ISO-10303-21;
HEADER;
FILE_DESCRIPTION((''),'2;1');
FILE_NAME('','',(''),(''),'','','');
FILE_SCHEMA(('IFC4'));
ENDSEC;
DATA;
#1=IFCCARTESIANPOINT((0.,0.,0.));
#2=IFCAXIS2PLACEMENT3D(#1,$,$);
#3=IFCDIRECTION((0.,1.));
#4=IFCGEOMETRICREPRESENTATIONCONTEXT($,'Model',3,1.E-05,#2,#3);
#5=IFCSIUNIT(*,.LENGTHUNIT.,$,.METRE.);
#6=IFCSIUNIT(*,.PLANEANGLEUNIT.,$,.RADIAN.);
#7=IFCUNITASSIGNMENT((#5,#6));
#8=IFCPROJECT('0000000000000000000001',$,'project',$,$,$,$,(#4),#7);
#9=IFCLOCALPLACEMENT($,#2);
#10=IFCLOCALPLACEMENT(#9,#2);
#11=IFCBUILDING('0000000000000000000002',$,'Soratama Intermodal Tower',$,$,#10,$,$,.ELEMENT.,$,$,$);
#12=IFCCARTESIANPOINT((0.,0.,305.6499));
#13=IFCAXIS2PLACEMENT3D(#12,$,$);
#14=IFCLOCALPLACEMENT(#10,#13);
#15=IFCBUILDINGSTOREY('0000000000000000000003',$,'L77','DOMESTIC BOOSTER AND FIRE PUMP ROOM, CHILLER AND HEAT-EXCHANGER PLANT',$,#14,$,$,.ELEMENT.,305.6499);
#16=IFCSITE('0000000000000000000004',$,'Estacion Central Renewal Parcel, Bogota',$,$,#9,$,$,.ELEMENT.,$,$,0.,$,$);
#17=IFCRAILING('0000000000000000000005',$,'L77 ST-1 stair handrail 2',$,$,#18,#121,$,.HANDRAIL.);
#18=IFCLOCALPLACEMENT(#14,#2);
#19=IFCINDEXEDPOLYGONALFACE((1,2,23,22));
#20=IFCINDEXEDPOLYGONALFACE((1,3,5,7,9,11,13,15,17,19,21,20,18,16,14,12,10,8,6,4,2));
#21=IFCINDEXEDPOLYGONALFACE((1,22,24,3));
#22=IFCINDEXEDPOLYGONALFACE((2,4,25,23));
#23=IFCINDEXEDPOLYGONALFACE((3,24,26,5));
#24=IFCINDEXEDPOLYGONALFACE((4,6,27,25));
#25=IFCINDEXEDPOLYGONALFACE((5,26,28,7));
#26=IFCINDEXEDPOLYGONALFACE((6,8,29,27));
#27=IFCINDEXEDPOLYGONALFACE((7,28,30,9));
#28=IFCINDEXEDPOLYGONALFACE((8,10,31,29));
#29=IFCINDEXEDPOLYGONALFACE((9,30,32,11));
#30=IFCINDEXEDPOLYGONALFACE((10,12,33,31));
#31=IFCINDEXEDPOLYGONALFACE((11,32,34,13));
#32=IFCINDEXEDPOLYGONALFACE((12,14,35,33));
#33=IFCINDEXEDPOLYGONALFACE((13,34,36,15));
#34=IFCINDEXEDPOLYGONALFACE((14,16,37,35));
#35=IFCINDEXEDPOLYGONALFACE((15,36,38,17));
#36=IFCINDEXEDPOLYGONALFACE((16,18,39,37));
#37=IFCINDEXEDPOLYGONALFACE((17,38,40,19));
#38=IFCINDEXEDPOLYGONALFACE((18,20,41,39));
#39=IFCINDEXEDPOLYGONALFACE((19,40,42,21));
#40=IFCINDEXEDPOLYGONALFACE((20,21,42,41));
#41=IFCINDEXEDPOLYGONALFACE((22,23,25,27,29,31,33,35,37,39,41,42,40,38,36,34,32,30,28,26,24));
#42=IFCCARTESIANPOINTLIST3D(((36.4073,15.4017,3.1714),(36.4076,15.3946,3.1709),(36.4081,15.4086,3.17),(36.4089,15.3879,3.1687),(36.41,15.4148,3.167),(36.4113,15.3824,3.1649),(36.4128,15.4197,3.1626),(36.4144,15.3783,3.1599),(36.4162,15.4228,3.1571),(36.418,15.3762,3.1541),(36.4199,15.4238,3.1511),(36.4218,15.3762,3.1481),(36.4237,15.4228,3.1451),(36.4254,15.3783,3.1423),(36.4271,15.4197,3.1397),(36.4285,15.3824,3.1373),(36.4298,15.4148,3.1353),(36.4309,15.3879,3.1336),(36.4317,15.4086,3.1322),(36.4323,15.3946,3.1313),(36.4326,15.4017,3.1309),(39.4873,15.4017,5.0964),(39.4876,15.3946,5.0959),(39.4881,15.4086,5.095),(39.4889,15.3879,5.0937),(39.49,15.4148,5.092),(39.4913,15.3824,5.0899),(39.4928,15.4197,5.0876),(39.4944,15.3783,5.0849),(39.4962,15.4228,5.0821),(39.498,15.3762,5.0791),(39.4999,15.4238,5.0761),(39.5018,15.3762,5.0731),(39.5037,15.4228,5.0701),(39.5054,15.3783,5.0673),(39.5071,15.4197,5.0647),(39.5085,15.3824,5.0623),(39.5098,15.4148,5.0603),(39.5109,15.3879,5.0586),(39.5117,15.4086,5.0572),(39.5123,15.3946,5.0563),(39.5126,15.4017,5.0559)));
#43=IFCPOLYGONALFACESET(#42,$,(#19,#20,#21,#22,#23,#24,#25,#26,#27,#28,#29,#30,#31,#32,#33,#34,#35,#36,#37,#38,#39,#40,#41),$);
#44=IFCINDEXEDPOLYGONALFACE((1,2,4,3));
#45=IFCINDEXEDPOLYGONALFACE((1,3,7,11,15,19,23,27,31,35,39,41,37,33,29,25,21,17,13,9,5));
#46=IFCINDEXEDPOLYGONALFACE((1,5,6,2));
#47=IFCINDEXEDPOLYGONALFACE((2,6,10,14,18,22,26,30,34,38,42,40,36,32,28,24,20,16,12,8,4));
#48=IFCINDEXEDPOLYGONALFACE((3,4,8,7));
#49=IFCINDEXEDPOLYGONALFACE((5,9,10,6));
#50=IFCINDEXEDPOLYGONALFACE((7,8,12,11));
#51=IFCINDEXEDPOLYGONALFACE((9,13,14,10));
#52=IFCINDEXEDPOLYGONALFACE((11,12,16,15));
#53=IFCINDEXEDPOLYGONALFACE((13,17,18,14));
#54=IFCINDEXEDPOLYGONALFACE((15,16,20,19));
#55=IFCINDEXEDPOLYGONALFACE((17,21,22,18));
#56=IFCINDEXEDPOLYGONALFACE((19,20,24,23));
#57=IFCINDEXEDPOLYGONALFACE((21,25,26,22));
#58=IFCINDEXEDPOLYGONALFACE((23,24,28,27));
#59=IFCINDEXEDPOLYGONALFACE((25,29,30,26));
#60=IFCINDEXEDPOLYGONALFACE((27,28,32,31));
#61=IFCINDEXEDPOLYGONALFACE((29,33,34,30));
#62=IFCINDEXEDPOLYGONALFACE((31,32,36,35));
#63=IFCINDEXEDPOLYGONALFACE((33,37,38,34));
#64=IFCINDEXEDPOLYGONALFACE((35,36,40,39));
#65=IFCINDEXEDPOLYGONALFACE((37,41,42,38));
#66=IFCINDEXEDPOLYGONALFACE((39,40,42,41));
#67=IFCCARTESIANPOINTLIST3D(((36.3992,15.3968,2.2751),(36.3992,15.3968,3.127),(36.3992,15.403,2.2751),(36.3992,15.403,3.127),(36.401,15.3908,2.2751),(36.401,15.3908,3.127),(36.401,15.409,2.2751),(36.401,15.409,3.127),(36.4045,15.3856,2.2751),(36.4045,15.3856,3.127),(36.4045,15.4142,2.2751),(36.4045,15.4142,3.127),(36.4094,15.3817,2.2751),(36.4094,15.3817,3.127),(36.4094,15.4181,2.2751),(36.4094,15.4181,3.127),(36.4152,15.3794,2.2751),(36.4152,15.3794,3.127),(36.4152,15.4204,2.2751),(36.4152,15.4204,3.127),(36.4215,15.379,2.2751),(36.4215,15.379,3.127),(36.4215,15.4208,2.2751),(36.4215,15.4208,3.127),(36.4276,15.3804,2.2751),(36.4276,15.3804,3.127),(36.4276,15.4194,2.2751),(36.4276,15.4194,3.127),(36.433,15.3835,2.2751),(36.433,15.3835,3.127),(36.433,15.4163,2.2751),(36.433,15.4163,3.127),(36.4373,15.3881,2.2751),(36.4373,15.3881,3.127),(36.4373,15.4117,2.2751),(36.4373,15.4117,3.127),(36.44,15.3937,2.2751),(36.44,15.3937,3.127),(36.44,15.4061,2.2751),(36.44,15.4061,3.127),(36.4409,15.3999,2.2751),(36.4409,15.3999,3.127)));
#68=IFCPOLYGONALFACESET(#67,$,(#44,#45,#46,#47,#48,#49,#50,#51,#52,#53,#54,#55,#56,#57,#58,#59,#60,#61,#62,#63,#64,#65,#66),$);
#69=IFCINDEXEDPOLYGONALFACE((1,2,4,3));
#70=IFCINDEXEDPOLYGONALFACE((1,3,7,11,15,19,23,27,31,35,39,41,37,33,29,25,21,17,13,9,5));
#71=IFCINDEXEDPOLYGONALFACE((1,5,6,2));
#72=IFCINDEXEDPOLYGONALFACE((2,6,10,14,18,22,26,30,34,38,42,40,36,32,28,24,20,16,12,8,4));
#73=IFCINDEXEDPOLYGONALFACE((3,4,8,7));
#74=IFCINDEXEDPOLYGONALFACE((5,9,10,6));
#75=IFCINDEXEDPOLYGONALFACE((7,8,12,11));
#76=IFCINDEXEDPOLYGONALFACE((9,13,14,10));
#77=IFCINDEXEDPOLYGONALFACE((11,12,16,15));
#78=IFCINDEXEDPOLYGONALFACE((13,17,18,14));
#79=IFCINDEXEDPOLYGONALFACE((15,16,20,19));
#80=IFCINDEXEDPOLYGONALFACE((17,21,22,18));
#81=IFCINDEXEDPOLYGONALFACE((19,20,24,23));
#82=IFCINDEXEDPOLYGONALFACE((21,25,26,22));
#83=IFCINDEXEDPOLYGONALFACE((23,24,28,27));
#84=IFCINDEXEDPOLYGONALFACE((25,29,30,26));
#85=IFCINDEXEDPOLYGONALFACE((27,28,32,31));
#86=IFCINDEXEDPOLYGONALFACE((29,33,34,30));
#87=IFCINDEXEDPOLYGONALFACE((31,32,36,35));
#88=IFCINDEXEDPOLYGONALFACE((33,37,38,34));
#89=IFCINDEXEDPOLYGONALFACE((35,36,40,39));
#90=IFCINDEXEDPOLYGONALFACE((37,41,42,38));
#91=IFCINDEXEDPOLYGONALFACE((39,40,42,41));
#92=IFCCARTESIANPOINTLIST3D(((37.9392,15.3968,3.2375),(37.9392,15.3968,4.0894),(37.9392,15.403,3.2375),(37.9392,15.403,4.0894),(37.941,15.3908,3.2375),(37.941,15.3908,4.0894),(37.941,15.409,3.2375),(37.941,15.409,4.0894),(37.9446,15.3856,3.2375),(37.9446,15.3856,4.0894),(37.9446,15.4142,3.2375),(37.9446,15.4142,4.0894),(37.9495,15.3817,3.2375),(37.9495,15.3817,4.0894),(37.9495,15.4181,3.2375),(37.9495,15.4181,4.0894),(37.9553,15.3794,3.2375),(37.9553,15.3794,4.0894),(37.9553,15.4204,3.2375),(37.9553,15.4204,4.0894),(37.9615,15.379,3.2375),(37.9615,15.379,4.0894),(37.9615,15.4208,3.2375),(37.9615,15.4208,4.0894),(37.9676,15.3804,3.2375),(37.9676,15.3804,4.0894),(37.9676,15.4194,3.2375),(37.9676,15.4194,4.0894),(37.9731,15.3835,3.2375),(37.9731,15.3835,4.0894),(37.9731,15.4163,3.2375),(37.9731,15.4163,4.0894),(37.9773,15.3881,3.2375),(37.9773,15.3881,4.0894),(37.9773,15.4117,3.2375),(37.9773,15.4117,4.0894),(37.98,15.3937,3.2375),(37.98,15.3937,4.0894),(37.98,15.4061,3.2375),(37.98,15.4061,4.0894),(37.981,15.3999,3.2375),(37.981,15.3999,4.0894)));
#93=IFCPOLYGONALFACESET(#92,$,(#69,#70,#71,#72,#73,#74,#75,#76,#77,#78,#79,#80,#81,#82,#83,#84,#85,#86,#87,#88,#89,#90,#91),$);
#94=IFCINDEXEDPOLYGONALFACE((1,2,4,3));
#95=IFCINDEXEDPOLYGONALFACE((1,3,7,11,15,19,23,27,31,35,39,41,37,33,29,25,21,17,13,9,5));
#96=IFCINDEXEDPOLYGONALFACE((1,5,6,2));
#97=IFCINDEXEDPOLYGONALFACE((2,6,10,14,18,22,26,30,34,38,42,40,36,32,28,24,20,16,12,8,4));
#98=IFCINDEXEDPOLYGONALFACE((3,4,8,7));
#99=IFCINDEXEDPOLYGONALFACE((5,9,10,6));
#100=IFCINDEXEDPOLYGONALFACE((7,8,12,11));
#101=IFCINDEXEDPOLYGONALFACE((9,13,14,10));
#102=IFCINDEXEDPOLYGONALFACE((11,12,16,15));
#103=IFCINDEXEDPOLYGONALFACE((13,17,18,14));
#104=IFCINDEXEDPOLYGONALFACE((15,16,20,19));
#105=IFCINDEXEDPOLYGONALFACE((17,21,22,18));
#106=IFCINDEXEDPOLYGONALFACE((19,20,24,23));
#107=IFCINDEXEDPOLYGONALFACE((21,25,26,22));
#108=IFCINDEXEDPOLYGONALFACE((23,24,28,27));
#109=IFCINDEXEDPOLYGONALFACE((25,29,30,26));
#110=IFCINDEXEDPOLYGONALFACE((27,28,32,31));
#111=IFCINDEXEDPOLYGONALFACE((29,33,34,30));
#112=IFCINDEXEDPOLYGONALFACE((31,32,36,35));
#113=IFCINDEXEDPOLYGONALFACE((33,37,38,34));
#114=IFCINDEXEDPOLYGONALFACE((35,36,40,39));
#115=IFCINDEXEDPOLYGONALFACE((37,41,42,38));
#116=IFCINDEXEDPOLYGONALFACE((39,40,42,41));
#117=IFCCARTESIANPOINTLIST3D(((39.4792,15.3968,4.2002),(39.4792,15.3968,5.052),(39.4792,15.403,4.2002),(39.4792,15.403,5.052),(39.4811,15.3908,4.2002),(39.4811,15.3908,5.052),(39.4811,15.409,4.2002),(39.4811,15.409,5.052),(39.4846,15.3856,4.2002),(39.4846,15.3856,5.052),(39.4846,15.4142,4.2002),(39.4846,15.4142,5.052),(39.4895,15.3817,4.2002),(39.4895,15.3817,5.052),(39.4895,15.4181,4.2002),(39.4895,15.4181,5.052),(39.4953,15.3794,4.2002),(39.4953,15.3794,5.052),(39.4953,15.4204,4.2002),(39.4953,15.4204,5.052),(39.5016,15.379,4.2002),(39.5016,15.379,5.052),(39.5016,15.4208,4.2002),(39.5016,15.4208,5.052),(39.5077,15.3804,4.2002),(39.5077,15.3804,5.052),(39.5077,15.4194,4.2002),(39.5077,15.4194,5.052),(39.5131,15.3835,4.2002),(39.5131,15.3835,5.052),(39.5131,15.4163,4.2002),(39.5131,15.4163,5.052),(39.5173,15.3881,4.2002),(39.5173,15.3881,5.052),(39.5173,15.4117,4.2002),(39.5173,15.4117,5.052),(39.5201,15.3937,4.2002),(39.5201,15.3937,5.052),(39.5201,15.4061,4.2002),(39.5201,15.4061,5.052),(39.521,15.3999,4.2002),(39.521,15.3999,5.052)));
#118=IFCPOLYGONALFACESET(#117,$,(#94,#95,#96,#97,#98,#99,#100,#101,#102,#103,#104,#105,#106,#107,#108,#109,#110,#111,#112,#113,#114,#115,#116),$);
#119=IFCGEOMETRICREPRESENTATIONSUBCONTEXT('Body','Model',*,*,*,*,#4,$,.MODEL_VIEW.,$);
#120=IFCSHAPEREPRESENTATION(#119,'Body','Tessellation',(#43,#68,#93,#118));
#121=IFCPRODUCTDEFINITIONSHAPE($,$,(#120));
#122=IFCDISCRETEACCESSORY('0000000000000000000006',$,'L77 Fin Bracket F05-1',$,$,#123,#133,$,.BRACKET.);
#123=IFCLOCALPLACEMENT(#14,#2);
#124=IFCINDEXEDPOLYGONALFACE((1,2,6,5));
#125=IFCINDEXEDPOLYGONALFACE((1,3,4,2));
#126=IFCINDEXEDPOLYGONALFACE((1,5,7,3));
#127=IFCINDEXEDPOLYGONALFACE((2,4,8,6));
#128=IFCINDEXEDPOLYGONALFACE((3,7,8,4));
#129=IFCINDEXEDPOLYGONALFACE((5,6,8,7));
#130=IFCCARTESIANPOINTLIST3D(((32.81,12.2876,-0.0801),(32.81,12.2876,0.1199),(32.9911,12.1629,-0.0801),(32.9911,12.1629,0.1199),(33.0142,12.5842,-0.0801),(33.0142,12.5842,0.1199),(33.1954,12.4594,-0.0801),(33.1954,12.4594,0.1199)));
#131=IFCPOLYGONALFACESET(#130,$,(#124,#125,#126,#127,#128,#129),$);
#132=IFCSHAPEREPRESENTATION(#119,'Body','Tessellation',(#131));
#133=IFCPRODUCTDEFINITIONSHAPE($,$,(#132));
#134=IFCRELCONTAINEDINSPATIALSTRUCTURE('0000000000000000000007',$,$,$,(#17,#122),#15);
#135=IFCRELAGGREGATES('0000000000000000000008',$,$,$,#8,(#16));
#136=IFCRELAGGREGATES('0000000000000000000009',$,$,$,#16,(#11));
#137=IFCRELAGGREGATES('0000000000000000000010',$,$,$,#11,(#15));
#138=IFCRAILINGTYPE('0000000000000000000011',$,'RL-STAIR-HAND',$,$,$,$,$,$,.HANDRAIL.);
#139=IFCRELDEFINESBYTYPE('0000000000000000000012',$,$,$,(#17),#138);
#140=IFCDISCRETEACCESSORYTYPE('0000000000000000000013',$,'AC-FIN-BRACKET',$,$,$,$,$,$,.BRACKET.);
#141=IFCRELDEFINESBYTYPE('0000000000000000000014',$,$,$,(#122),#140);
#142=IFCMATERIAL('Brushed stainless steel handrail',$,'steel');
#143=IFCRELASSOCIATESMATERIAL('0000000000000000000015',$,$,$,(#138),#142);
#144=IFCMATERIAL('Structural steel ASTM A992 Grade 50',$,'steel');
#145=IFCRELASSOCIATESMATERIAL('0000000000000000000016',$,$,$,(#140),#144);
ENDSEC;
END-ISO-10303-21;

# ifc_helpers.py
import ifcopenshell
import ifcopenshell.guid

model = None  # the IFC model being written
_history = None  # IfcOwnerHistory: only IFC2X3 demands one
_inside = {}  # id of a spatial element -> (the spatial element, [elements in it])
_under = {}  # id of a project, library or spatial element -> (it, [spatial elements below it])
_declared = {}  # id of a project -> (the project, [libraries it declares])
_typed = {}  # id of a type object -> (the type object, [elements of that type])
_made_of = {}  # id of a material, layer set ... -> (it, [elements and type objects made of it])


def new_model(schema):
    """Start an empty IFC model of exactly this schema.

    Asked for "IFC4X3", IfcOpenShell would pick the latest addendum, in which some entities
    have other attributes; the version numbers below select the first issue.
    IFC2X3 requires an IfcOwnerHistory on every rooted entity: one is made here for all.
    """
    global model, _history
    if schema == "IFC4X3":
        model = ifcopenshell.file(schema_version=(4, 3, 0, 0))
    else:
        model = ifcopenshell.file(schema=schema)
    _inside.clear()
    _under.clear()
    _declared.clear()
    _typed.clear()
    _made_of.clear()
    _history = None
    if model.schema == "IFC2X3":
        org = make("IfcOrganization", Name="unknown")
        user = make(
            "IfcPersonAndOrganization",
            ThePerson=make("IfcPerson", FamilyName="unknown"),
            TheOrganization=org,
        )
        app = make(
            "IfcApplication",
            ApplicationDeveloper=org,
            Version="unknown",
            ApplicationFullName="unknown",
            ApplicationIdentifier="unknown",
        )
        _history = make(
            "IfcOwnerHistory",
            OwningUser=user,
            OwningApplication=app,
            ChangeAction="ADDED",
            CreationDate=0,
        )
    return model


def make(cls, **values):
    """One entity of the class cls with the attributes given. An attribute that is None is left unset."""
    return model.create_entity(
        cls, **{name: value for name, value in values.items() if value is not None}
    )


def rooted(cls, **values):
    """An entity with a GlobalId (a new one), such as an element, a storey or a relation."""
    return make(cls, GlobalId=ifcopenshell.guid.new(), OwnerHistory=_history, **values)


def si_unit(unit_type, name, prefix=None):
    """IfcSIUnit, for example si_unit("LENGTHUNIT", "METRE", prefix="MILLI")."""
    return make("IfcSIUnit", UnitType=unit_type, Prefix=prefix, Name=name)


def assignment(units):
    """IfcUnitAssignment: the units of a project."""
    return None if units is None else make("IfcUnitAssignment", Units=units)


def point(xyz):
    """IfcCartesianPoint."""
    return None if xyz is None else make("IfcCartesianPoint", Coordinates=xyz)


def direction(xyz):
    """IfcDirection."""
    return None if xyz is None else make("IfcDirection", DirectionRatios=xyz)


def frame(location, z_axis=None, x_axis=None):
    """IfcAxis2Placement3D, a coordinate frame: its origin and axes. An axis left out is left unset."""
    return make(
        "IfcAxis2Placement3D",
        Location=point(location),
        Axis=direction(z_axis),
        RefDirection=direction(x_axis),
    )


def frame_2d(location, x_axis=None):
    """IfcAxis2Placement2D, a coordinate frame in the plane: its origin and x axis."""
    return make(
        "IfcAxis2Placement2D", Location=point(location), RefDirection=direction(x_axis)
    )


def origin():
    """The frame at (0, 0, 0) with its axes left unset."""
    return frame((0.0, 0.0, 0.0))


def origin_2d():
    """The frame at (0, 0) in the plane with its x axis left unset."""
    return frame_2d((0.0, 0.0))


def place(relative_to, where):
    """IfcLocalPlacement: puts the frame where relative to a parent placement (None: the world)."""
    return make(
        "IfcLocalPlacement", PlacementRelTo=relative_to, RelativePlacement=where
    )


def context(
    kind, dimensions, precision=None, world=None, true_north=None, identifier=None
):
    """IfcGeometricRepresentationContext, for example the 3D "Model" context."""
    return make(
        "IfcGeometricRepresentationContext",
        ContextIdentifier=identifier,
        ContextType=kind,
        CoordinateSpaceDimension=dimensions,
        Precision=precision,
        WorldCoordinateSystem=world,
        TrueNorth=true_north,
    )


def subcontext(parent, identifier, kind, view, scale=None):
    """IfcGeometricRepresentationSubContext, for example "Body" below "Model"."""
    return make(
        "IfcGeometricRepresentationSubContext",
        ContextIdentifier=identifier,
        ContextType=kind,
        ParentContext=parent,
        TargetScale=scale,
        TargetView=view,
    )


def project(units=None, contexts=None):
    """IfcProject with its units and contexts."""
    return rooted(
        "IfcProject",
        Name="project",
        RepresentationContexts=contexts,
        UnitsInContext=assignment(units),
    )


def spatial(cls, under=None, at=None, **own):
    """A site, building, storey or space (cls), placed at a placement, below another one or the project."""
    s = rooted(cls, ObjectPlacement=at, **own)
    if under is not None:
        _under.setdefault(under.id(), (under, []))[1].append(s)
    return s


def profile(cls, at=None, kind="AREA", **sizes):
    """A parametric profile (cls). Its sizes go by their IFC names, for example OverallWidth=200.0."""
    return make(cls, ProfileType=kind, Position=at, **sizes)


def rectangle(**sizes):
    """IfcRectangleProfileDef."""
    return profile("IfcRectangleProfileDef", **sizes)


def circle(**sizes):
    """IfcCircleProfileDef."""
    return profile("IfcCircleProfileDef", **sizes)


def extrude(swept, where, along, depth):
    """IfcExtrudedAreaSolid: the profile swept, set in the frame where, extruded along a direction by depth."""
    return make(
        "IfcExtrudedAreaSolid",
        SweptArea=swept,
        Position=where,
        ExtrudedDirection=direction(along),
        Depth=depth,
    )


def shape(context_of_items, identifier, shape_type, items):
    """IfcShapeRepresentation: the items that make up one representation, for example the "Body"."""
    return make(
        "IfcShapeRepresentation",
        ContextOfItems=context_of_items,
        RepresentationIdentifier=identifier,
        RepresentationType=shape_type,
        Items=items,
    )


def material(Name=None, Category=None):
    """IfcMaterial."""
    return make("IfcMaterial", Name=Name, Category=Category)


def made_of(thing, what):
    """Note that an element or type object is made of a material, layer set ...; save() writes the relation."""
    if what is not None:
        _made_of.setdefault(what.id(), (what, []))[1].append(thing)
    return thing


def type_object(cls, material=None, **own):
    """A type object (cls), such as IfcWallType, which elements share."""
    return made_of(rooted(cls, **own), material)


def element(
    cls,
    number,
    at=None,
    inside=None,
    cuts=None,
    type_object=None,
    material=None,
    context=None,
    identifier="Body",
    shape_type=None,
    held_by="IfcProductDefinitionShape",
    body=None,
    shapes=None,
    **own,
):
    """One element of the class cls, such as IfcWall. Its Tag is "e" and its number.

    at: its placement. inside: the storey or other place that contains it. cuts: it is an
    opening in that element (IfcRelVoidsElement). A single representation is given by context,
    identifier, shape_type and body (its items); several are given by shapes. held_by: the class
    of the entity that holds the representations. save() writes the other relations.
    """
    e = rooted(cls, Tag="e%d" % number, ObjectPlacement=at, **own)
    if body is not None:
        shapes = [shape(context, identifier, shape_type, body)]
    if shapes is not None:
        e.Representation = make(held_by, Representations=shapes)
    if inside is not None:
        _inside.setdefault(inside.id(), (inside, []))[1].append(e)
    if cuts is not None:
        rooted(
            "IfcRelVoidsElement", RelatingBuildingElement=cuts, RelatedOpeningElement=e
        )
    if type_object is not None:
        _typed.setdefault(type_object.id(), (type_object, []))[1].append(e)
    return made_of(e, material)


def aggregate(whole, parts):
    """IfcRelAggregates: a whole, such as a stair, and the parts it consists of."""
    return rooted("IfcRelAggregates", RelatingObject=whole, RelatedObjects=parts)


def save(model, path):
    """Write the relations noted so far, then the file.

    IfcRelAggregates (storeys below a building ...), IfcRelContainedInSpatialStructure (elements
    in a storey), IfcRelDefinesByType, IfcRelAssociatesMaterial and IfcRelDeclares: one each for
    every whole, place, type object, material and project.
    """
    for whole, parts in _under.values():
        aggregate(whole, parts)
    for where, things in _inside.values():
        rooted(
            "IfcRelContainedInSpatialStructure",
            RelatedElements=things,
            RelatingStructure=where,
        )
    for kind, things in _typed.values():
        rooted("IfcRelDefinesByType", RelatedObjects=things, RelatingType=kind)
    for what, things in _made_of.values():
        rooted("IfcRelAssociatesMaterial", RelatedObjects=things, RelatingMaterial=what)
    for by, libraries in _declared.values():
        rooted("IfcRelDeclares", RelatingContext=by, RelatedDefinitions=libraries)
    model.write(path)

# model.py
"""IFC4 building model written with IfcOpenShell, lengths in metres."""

from ifc_helpers import new_model, si_unit, direction, frame, origin, origin_2d, place, context, subcontext, project, spatial, rectangle, circle, extrude, material, type_object, element, save


model = new_model("IFC4")

# Units and contexts
model_context = context("Model", 3, precision=1e-05, world=origin(), true_north=direction((0.0, 1.0)))
body_context = subcontext(model_context, "Body", "Model", "MODEL_VIEW")
ifc_project = project(units=[si_unit("LENGTHUNIT", "METRE"), si_unit("PLANEANGLEUNIT", "RADIAN")], contexts=[model_context])

# Site, building, storey
site_placement = place(None, origin())
site = spatial("IfcSite", under=ifc_project, at=site_placement, Name="Estacion Central Renewal Parcel, Bogota", CompositionType="ELEMENT", RefElevation=0.0)
building_placement = place(site_placement, origin())
building = spatial("IfcBuilding", under=site, at=building_placement, Name="Soratama Intermodal Tower", CompositionType="ELEMENT")
storey_placement = place(building_placement, frame((0.0, 0.0, 305.6499)))
storey = spatial("IfcBuildingStorey", under=building, at=storey_placement, Name="L77", Description="DOMESTIC BOOSTER AND FIRE PUMP ROOM, CHILLER AND HEAT-EXCHANGER PLANT", CompositionType="ELEMENT", Elevation=305.6499)

# Railing
ifc_material_1 = material(Name="Brushed stainless steel handrail", Category="steel")
railing_type_1 = type_object("IfcRailingType", Name="RL-STAIR-HAND", PredefinedType="HANDRAIL", material=ifc_material_1)
railing_1_placement = place(storey_placement, frame((36.4199, 15.3999, 2.2751)))
element("IfcRailing", 1, at=railing_1_placement, inside=storey, type_object=railing_type_1, Name="L77 ST-1 stair handrail 2", PredefinedType="HANDRAIL", context=body_context, shape_type="SweptSolid", body=[
    extrude(circle(Radius=0.0239, at=origin_2d()), frame((0.0, 0.0, 0.876), z_axis=(0.847998, 0.0, 0.529999), x_axis=(0.0, 1.0, 0.0)), (0.0, 0.0, 1.0), 3.6321),
    extrude(circle(Radius=0.021, at=origin_2d()), origin(), (0.0, 0.0, 1.0), 0.8518),
    extrude(circle(Radius=0.021, at=origin_2d()), frame((1.54, 0.0, 0.9624)), (0.0, 0.0, 1.0), 0.8518),
    extrude(circle(Radius=0.021, at=origin_2d()), frame((3.0801, 0.0, 1.925)), (0.0, 0.0, 1.0), 0.8518),
])

# Discrete accessory
ifc_material_2 = material(Name="Structural steel ASTM A992 Grade 50", Category="steel")
discrete_accessory_type = type_object("IfcDiscreteAccessoryType", Name="AC-FIN-BRACKET", PredefinedType="BRACKET", material=ifc_material_2)
discrete_accessory_placement = place(storey_placement, frame((33.0027, 12.3735, -0.0801), z_axis=(0.0, 0.0, 1.0), x_axis=(-0.567269, -0.823533, 0.0)))
element("IfcDiscreteAccessory", 2, at=discrete_accessory_placement, inside=storey, type_object=discrete_accessory_type, Name="L77 Fin Bracket F05-1", PredefinedType="BRACKET", context=body_context, shape_type="SweptSolid", body=[
    extrude(rectangle(XDim=0.3601, YDim=0.22, at=origin_2d()), origin(), (0.0, 0.0, 1.0), 0.2),
])

save(model, "model.ifc")
